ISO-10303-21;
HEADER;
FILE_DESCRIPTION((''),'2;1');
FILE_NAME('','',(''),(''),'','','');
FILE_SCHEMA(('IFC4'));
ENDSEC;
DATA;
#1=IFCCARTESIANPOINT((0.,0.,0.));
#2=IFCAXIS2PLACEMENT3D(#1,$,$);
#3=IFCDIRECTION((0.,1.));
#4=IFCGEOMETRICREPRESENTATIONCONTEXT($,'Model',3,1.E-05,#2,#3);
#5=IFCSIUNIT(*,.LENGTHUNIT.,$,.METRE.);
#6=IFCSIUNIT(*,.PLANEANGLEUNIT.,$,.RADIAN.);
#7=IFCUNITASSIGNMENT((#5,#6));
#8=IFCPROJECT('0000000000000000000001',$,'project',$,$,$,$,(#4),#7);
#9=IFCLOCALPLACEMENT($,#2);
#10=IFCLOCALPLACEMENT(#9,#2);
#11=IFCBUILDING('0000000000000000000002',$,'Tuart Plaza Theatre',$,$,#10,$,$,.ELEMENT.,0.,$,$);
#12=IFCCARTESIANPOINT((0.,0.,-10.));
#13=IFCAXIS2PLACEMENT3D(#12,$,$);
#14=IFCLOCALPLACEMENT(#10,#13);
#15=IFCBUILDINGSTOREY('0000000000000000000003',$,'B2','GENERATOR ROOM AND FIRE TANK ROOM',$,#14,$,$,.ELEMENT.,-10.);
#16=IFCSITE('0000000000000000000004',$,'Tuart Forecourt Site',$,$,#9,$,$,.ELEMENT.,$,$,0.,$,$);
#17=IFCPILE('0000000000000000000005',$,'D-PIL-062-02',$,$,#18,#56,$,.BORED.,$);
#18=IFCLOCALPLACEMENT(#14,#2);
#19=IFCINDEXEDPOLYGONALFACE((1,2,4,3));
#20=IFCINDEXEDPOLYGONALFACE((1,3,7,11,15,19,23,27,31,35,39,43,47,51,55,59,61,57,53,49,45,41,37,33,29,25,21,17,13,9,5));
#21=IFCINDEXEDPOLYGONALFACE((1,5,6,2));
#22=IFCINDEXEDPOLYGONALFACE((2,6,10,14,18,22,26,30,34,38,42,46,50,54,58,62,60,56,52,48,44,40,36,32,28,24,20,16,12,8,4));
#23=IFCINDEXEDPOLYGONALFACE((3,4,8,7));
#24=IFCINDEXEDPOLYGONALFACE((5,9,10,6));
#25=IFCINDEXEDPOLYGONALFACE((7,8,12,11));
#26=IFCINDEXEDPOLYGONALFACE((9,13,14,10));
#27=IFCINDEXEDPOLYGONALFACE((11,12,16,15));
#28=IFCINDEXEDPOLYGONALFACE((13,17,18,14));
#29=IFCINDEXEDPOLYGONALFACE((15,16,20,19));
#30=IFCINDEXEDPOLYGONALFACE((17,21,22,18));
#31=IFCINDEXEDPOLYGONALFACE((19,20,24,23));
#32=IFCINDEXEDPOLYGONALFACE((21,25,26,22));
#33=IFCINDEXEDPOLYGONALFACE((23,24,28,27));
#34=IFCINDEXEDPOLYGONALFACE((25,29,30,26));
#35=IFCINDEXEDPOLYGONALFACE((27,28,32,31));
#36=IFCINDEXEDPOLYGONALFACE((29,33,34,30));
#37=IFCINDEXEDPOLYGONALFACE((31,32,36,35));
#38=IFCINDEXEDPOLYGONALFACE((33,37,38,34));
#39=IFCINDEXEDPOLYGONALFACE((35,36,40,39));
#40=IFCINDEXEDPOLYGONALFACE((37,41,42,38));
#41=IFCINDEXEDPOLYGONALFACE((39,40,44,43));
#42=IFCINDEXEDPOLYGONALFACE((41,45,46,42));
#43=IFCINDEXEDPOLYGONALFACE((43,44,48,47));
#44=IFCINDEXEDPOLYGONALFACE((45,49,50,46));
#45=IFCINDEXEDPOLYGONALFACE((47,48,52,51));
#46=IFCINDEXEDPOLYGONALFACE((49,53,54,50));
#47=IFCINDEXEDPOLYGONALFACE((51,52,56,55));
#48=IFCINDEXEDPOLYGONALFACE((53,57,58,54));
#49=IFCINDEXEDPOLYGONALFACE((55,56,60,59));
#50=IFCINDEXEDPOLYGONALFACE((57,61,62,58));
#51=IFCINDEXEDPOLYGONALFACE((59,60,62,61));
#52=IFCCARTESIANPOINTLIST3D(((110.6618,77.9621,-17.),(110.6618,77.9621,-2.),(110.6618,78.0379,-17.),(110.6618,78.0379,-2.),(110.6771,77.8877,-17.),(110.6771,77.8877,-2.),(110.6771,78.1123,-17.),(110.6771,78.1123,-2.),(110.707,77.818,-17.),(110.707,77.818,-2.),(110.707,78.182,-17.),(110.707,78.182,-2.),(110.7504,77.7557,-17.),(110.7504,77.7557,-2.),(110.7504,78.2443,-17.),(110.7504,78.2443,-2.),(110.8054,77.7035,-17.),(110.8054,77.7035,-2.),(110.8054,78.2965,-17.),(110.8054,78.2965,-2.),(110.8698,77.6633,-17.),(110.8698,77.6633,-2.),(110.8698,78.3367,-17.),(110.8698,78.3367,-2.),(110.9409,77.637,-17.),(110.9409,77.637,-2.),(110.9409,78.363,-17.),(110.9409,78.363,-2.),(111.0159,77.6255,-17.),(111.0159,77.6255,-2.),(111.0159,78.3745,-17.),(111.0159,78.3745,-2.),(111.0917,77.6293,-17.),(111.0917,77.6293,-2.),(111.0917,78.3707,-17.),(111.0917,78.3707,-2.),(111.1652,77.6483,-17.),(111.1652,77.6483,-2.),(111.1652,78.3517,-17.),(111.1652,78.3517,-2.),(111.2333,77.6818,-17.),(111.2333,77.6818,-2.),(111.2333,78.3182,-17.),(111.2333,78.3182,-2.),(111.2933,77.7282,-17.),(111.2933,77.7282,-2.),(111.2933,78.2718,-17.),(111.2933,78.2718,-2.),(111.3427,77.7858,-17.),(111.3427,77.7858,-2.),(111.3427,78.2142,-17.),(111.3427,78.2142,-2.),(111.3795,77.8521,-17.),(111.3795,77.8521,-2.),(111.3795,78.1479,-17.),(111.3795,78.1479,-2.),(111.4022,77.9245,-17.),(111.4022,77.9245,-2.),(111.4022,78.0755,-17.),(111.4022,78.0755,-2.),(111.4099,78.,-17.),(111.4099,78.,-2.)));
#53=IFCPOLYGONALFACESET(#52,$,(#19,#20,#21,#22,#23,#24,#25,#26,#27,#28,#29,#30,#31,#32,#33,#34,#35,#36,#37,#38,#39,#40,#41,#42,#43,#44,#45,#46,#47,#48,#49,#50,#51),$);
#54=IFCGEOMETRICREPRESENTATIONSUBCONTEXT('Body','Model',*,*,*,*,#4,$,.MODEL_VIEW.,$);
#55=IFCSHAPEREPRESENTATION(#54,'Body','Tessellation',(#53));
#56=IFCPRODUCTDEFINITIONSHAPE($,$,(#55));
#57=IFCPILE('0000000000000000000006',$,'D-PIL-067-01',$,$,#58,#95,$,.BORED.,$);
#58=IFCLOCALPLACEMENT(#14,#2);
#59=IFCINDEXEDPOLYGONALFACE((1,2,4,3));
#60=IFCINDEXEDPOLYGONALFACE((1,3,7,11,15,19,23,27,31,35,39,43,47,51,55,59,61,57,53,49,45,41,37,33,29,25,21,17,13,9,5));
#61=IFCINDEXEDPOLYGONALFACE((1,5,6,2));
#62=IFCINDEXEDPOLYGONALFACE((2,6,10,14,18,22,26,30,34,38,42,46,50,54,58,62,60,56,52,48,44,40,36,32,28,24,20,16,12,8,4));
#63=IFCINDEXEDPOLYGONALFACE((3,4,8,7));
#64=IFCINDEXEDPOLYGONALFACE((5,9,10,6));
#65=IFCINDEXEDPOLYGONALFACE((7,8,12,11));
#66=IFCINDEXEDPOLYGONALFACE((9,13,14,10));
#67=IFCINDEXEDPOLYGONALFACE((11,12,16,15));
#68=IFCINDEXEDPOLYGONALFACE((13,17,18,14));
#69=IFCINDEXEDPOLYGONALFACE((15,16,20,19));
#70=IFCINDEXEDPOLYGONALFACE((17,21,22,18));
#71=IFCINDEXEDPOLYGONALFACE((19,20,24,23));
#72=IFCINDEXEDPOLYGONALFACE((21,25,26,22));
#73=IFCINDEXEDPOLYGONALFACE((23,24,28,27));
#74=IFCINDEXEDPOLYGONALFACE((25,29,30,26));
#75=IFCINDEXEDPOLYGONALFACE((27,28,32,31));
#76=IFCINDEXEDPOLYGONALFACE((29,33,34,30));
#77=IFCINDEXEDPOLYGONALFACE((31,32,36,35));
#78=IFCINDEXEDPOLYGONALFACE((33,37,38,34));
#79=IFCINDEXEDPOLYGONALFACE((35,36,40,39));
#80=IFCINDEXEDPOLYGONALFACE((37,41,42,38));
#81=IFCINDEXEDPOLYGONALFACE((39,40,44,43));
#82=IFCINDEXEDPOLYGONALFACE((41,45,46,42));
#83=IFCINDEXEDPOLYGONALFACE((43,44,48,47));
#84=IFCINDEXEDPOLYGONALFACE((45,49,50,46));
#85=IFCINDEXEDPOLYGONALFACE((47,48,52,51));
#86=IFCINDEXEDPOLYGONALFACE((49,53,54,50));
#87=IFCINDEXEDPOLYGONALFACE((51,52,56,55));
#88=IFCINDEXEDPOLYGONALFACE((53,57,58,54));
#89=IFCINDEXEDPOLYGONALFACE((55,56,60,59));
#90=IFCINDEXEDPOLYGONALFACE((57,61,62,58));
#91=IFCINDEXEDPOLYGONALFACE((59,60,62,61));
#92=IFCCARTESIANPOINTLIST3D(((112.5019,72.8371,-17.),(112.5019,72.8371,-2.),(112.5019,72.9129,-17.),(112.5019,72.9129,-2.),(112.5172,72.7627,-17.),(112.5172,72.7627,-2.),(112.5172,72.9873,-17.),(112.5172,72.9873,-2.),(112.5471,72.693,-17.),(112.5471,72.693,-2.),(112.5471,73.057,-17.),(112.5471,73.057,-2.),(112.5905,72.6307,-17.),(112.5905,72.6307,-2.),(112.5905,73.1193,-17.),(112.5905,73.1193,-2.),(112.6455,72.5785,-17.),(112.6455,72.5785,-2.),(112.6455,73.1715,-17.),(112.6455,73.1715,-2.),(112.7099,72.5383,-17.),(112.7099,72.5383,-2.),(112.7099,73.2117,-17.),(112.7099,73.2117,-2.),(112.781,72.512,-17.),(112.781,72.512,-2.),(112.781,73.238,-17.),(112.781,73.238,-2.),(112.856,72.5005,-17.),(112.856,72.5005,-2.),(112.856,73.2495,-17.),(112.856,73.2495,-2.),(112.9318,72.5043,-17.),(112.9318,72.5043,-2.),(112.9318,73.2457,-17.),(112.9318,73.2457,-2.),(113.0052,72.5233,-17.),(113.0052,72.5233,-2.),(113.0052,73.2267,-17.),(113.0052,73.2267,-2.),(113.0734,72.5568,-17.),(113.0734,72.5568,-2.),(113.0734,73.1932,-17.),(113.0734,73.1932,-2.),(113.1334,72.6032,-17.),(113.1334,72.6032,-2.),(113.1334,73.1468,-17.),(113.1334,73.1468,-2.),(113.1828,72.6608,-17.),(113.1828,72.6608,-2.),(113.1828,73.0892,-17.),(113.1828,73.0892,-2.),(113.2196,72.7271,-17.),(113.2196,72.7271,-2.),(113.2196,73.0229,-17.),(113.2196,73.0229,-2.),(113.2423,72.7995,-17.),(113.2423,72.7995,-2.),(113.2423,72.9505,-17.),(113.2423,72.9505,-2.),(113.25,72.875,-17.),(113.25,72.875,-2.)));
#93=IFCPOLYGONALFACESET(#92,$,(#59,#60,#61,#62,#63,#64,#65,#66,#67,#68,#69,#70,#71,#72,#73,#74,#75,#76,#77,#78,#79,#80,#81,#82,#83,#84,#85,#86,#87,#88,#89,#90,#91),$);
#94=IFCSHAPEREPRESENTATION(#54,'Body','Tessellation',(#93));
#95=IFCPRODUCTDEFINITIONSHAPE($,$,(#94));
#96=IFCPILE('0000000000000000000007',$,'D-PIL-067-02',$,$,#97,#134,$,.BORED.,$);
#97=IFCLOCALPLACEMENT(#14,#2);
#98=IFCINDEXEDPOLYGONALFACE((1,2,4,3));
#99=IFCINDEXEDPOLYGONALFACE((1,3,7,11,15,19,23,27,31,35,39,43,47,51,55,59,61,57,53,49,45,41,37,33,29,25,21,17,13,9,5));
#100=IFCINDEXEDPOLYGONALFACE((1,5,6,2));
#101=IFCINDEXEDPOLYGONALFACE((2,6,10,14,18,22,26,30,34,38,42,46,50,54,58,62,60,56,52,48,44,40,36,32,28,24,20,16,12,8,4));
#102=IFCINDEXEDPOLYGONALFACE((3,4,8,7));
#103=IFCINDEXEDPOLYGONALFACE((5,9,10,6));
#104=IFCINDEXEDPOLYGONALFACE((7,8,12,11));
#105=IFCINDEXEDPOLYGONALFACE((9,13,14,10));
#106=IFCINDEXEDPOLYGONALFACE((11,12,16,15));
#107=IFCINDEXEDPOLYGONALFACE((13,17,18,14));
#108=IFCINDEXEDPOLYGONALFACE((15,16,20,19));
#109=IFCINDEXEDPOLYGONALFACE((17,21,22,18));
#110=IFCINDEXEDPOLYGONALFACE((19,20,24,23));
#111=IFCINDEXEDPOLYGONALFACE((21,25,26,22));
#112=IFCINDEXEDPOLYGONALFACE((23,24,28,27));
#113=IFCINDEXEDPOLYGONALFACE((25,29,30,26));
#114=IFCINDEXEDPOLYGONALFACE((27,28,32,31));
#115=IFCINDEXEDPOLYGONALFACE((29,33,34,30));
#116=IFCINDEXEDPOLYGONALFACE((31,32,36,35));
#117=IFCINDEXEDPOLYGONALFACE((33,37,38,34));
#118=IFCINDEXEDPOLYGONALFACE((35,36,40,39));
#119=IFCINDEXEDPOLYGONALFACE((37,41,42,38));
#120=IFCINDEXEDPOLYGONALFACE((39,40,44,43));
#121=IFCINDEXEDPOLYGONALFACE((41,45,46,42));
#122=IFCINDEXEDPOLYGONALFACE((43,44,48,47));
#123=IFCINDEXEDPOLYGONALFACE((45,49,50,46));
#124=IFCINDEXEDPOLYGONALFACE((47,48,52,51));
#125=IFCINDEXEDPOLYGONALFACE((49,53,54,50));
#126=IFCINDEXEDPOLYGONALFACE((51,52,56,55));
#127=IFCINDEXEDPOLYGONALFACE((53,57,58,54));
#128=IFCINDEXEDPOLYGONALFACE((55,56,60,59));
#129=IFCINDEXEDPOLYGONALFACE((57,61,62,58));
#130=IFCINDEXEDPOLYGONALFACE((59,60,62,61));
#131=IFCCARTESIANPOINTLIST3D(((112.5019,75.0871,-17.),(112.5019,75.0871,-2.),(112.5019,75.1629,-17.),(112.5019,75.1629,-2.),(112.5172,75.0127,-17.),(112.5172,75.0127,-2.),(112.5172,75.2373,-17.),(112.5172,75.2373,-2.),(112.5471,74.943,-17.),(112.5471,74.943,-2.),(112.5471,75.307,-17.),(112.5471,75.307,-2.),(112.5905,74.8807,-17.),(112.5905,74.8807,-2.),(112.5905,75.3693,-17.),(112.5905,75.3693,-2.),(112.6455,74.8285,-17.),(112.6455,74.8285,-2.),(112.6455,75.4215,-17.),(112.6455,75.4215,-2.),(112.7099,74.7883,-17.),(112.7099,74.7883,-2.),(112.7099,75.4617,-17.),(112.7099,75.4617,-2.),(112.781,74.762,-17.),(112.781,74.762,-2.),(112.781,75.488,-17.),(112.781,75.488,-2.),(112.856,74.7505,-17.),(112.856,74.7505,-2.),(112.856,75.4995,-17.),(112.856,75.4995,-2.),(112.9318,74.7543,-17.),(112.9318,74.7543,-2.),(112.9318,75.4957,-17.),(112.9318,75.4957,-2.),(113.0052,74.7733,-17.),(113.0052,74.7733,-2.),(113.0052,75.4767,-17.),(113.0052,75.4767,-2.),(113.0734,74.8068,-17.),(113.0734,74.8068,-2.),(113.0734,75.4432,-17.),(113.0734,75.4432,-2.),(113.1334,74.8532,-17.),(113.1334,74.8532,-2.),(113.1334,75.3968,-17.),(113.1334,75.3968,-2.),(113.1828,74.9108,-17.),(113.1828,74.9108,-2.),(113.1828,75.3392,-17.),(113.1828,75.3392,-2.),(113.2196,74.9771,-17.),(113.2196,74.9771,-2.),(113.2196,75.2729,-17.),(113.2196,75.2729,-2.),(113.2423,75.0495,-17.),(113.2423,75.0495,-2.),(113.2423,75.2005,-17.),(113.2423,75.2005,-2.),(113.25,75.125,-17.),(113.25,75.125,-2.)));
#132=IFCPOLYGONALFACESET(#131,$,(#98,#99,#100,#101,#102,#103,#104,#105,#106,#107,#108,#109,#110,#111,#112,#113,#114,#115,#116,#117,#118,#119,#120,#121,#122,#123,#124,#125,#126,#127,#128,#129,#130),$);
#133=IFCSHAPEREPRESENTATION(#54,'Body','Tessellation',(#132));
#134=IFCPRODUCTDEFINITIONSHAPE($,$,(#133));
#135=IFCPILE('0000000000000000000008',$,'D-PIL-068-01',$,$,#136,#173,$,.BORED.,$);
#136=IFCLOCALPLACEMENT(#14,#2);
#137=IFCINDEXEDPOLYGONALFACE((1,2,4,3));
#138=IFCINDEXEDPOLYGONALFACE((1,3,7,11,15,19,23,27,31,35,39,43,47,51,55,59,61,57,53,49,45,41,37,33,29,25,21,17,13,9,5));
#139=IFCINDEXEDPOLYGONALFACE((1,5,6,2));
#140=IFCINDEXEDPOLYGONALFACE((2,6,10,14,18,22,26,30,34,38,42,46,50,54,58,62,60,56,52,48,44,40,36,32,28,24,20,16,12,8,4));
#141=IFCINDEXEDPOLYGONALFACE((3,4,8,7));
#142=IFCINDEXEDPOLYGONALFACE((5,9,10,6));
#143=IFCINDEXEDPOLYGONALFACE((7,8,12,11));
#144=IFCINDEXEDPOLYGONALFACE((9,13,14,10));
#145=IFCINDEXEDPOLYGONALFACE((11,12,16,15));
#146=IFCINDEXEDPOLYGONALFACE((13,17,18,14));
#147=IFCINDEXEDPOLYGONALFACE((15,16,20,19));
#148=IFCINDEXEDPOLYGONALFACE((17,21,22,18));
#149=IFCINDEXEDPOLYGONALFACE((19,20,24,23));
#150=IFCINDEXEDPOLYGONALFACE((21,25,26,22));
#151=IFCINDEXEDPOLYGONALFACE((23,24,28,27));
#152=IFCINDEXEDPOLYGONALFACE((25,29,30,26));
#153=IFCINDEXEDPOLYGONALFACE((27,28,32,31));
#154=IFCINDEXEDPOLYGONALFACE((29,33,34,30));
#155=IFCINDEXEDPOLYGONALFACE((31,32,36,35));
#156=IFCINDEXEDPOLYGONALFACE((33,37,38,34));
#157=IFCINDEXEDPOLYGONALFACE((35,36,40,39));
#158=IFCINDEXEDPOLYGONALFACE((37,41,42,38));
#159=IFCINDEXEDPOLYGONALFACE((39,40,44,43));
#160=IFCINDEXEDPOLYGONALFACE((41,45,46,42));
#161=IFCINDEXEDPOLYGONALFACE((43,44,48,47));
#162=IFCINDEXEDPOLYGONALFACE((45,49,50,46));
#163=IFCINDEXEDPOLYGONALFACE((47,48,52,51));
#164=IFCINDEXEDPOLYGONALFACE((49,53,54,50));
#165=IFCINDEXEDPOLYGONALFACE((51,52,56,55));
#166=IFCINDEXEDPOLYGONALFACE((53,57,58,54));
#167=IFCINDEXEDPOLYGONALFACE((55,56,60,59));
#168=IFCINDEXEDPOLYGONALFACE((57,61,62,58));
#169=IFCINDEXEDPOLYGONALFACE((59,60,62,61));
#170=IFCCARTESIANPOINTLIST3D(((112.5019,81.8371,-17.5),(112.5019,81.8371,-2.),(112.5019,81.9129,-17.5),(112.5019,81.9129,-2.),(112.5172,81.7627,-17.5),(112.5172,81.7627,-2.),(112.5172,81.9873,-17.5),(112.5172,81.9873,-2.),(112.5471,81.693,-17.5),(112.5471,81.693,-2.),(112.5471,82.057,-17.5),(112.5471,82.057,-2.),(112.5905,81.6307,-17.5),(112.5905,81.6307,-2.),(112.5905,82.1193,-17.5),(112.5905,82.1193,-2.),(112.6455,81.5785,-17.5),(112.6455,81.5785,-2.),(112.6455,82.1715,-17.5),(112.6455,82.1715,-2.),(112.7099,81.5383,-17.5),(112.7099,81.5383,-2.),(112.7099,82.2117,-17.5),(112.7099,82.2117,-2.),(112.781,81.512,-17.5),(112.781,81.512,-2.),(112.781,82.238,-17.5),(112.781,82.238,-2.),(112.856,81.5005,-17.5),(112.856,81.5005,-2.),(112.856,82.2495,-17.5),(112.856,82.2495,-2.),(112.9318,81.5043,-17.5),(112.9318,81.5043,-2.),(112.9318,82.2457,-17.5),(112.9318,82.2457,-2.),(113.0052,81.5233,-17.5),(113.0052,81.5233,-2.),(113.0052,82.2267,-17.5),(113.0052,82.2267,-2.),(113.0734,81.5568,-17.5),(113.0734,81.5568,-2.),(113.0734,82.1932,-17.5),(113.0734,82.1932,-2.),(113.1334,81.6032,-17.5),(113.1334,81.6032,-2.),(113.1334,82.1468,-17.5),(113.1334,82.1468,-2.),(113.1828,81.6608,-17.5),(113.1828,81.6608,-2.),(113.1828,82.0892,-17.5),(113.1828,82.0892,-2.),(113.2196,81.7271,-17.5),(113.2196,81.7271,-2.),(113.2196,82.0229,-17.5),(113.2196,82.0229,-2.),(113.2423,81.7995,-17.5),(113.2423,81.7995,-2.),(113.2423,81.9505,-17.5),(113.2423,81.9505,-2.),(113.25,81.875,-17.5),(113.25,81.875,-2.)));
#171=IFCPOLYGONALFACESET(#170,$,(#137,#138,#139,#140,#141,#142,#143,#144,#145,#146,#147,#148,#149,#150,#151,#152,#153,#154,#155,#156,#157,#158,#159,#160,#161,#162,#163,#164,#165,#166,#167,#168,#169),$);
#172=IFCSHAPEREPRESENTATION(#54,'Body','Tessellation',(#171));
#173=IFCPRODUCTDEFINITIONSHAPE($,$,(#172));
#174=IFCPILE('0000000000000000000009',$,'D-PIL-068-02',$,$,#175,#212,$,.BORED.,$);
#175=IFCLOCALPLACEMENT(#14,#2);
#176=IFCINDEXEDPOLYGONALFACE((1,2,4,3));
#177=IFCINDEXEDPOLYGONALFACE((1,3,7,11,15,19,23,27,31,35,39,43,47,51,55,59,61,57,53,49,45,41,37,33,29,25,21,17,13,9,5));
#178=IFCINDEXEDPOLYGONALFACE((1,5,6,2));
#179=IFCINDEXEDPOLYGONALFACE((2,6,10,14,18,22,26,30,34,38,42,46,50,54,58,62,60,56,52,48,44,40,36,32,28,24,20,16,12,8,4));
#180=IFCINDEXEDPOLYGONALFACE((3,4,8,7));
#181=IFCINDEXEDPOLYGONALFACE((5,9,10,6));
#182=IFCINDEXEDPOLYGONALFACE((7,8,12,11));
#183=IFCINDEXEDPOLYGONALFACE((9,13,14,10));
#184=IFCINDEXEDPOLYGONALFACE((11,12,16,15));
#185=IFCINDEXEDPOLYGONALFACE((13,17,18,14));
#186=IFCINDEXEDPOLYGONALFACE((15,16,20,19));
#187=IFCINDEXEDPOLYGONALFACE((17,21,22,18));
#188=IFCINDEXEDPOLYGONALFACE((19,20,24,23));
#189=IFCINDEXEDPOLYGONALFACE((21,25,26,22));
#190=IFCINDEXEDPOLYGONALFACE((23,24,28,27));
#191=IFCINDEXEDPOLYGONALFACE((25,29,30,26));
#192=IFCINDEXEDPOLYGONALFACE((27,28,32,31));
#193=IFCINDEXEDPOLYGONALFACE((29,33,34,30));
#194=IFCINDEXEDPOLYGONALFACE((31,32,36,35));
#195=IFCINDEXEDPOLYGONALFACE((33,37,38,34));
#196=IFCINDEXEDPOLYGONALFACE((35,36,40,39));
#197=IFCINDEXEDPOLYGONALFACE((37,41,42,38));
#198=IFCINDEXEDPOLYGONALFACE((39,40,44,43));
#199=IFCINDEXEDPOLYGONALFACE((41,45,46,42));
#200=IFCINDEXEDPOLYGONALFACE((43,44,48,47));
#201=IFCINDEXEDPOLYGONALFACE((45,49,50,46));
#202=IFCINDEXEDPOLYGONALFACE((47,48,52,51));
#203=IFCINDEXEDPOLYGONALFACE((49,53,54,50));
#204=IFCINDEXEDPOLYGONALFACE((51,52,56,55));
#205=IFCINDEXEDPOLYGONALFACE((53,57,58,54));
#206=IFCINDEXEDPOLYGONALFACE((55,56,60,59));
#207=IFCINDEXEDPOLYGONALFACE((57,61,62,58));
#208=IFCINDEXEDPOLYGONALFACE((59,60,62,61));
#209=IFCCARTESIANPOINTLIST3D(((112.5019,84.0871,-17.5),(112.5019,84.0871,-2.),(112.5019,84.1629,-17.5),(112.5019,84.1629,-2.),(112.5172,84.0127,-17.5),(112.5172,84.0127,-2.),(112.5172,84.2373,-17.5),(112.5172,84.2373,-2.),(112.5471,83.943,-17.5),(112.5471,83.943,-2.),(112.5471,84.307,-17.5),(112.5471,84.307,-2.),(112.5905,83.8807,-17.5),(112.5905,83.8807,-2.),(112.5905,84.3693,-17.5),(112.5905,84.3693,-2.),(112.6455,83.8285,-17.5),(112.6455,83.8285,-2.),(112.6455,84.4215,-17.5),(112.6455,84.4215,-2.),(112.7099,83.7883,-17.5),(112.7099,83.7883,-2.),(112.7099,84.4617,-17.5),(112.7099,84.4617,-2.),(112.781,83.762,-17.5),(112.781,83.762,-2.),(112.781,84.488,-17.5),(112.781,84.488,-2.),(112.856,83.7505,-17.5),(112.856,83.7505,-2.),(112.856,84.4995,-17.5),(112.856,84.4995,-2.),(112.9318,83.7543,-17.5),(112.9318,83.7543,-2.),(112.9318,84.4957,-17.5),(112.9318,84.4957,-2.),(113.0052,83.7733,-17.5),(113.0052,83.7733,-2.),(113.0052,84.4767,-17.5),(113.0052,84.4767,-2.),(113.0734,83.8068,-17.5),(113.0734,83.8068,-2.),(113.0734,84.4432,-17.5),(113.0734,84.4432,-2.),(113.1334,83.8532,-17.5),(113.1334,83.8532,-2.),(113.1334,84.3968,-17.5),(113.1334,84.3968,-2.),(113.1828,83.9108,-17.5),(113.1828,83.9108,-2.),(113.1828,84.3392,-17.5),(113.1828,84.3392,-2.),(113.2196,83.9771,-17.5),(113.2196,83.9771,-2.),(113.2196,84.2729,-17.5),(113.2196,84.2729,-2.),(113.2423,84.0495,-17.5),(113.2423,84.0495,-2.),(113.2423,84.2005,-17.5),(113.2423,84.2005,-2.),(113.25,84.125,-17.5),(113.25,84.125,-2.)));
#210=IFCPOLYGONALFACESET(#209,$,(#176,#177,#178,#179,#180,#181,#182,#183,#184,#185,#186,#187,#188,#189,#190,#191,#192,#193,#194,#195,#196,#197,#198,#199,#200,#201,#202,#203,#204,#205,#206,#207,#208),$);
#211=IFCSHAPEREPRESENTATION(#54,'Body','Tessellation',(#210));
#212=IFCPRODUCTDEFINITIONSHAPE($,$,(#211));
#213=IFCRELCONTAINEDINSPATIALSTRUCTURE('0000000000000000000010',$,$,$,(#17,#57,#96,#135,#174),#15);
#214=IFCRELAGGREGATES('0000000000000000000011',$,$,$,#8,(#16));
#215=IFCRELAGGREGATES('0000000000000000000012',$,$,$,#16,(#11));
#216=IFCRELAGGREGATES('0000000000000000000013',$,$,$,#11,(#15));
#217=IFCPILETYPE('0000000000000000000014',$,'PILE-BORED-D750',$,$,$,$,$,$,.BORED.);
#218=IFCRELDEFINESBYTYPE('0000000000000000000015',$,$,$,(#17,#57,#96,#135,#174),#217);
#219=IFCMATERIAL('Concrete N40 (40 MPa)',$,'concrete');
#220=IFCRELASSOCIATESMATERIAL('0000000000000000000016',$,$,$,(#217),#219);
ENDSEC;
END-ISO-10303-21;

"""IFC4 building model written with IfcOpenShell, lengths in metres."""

from ifc_helpers import new_model, si_unit, direction, frame, origin, origin_2d, place, context, subcontext, project, spatial, circle, extrude, material, material_profile, profile_set, type_object, element, save


model = new_model("IFC4")

# Units and contexts
model_context = context("Model", 3, precision=1e-05, world=origin(), true_north=direction((0.0, 1.0)))
body_context = subcontext(model_context, "Body", "Model", "MODEL_VIEW")
ifc_project = project(units=[si_unit("LENGTHUNIT", "METRE"), si_unit("PLANEANGLEUNIT", "RADIAN")], contexts=[model_context])

# Site, building, storey
site_placement = place(None, origin())
site = spatial("IfcSite", under=ifc_project, at=site_placement, Name="Tuart Forecourt Site", CompositionType="ELEMENT", RefElevation=0.0)
building_placement = place(site_placement, origin())
building = spatial("IfcBuilding", under=site, at=building_placement, Name="Tuart Plaza Theatre", CompositionType="ELEMENT", ElevationOfRefHeight=0.0)
storey_placement = place(building_placement, frame((0.0, 0.0, -10.0)))
storey = spatial("IfcBuildingStorey", under=building, at=storey_placement, Name="B2", Description="GENERATOR ROOM AND FIRE TANK ROOM", CompositionType="ELEMENT", Elevation=-10.0)

# Piles
ifc_material_1 = material(Name="Concrete N40 (40 MPa)", Category="concrete")
ifc_material_profile_1 = material_profile(ifc_material_1, circle(Radius=0.375, at=origin_2d()), Name="PILE-BORED-D750")
ifc_profile_set_1 = profile_set([ifc_material_profile_1], Name="Concrete N40 (40 MPa)")
pile_type_1 = type_object("IfcPileType", Name="PILE-BORED-D750", PredefinedType="BORED", material=ifc_profile_set_1)
for number, where, z_axis, x_axis, name in (
    (1, (111.0349, 78.0, -2.0), (0.0, 0.0, -1.0), (1.0, 0.0, 0.0), "D-PIL-062-02"),
    (2, (112.875, 72.875, -2.0), (0.0, 0.0, -1.0), (1.0, 0.0, 0.0), "D-PIL-067-01"),
    (3, (112.875, 75.125, -2.0), (0.0, 0.0, -1.0), (1.0, 0.0, 0.0), "D-PIL-067-02"),
):
    element("IfcPile", number, at=place(storey_placement, frame(where, z_axis=z_axis, x_axis=x_axis)), inside=storey, type_object=pile_type_1, Name=name, PredefinedType="BORED", context=body_context, shape_type="SweptSolid", body=[
        extrude(circle(Radius=0.375, at=origin_2d()), origin(), (0.0, 0.0, 1.0), 15.0),
    ])
for number, where, z_axis, x_axis, name in (
    (4, (112.875, 81.875, -2.0), (0.0, 0.0, -1.0), (1.0, 0.0, 0.0), "D-PIL-068-01"),
    (5, (112.875, 84.125, -2.0), (0.0, 0.0, -1.0), (1.0, 0.0, 0.0), "D-PIL-068-02"),
):
    element("IfcPile", number, at=place(storey_placement, frame(where, z_axis=z_axis, x_axis=x_axis)), inside=storey, type_object=pile_type_1, Name=name, PredefinedType="BORED", context=body_context, shape_type="SweptSolid", body=[
        extrude(circle(Radius=0.375, at=origin_2d()), origin(), (0.0, 0.0, 1.0), 15.5),
    ])

save(model, "model.ifc")
